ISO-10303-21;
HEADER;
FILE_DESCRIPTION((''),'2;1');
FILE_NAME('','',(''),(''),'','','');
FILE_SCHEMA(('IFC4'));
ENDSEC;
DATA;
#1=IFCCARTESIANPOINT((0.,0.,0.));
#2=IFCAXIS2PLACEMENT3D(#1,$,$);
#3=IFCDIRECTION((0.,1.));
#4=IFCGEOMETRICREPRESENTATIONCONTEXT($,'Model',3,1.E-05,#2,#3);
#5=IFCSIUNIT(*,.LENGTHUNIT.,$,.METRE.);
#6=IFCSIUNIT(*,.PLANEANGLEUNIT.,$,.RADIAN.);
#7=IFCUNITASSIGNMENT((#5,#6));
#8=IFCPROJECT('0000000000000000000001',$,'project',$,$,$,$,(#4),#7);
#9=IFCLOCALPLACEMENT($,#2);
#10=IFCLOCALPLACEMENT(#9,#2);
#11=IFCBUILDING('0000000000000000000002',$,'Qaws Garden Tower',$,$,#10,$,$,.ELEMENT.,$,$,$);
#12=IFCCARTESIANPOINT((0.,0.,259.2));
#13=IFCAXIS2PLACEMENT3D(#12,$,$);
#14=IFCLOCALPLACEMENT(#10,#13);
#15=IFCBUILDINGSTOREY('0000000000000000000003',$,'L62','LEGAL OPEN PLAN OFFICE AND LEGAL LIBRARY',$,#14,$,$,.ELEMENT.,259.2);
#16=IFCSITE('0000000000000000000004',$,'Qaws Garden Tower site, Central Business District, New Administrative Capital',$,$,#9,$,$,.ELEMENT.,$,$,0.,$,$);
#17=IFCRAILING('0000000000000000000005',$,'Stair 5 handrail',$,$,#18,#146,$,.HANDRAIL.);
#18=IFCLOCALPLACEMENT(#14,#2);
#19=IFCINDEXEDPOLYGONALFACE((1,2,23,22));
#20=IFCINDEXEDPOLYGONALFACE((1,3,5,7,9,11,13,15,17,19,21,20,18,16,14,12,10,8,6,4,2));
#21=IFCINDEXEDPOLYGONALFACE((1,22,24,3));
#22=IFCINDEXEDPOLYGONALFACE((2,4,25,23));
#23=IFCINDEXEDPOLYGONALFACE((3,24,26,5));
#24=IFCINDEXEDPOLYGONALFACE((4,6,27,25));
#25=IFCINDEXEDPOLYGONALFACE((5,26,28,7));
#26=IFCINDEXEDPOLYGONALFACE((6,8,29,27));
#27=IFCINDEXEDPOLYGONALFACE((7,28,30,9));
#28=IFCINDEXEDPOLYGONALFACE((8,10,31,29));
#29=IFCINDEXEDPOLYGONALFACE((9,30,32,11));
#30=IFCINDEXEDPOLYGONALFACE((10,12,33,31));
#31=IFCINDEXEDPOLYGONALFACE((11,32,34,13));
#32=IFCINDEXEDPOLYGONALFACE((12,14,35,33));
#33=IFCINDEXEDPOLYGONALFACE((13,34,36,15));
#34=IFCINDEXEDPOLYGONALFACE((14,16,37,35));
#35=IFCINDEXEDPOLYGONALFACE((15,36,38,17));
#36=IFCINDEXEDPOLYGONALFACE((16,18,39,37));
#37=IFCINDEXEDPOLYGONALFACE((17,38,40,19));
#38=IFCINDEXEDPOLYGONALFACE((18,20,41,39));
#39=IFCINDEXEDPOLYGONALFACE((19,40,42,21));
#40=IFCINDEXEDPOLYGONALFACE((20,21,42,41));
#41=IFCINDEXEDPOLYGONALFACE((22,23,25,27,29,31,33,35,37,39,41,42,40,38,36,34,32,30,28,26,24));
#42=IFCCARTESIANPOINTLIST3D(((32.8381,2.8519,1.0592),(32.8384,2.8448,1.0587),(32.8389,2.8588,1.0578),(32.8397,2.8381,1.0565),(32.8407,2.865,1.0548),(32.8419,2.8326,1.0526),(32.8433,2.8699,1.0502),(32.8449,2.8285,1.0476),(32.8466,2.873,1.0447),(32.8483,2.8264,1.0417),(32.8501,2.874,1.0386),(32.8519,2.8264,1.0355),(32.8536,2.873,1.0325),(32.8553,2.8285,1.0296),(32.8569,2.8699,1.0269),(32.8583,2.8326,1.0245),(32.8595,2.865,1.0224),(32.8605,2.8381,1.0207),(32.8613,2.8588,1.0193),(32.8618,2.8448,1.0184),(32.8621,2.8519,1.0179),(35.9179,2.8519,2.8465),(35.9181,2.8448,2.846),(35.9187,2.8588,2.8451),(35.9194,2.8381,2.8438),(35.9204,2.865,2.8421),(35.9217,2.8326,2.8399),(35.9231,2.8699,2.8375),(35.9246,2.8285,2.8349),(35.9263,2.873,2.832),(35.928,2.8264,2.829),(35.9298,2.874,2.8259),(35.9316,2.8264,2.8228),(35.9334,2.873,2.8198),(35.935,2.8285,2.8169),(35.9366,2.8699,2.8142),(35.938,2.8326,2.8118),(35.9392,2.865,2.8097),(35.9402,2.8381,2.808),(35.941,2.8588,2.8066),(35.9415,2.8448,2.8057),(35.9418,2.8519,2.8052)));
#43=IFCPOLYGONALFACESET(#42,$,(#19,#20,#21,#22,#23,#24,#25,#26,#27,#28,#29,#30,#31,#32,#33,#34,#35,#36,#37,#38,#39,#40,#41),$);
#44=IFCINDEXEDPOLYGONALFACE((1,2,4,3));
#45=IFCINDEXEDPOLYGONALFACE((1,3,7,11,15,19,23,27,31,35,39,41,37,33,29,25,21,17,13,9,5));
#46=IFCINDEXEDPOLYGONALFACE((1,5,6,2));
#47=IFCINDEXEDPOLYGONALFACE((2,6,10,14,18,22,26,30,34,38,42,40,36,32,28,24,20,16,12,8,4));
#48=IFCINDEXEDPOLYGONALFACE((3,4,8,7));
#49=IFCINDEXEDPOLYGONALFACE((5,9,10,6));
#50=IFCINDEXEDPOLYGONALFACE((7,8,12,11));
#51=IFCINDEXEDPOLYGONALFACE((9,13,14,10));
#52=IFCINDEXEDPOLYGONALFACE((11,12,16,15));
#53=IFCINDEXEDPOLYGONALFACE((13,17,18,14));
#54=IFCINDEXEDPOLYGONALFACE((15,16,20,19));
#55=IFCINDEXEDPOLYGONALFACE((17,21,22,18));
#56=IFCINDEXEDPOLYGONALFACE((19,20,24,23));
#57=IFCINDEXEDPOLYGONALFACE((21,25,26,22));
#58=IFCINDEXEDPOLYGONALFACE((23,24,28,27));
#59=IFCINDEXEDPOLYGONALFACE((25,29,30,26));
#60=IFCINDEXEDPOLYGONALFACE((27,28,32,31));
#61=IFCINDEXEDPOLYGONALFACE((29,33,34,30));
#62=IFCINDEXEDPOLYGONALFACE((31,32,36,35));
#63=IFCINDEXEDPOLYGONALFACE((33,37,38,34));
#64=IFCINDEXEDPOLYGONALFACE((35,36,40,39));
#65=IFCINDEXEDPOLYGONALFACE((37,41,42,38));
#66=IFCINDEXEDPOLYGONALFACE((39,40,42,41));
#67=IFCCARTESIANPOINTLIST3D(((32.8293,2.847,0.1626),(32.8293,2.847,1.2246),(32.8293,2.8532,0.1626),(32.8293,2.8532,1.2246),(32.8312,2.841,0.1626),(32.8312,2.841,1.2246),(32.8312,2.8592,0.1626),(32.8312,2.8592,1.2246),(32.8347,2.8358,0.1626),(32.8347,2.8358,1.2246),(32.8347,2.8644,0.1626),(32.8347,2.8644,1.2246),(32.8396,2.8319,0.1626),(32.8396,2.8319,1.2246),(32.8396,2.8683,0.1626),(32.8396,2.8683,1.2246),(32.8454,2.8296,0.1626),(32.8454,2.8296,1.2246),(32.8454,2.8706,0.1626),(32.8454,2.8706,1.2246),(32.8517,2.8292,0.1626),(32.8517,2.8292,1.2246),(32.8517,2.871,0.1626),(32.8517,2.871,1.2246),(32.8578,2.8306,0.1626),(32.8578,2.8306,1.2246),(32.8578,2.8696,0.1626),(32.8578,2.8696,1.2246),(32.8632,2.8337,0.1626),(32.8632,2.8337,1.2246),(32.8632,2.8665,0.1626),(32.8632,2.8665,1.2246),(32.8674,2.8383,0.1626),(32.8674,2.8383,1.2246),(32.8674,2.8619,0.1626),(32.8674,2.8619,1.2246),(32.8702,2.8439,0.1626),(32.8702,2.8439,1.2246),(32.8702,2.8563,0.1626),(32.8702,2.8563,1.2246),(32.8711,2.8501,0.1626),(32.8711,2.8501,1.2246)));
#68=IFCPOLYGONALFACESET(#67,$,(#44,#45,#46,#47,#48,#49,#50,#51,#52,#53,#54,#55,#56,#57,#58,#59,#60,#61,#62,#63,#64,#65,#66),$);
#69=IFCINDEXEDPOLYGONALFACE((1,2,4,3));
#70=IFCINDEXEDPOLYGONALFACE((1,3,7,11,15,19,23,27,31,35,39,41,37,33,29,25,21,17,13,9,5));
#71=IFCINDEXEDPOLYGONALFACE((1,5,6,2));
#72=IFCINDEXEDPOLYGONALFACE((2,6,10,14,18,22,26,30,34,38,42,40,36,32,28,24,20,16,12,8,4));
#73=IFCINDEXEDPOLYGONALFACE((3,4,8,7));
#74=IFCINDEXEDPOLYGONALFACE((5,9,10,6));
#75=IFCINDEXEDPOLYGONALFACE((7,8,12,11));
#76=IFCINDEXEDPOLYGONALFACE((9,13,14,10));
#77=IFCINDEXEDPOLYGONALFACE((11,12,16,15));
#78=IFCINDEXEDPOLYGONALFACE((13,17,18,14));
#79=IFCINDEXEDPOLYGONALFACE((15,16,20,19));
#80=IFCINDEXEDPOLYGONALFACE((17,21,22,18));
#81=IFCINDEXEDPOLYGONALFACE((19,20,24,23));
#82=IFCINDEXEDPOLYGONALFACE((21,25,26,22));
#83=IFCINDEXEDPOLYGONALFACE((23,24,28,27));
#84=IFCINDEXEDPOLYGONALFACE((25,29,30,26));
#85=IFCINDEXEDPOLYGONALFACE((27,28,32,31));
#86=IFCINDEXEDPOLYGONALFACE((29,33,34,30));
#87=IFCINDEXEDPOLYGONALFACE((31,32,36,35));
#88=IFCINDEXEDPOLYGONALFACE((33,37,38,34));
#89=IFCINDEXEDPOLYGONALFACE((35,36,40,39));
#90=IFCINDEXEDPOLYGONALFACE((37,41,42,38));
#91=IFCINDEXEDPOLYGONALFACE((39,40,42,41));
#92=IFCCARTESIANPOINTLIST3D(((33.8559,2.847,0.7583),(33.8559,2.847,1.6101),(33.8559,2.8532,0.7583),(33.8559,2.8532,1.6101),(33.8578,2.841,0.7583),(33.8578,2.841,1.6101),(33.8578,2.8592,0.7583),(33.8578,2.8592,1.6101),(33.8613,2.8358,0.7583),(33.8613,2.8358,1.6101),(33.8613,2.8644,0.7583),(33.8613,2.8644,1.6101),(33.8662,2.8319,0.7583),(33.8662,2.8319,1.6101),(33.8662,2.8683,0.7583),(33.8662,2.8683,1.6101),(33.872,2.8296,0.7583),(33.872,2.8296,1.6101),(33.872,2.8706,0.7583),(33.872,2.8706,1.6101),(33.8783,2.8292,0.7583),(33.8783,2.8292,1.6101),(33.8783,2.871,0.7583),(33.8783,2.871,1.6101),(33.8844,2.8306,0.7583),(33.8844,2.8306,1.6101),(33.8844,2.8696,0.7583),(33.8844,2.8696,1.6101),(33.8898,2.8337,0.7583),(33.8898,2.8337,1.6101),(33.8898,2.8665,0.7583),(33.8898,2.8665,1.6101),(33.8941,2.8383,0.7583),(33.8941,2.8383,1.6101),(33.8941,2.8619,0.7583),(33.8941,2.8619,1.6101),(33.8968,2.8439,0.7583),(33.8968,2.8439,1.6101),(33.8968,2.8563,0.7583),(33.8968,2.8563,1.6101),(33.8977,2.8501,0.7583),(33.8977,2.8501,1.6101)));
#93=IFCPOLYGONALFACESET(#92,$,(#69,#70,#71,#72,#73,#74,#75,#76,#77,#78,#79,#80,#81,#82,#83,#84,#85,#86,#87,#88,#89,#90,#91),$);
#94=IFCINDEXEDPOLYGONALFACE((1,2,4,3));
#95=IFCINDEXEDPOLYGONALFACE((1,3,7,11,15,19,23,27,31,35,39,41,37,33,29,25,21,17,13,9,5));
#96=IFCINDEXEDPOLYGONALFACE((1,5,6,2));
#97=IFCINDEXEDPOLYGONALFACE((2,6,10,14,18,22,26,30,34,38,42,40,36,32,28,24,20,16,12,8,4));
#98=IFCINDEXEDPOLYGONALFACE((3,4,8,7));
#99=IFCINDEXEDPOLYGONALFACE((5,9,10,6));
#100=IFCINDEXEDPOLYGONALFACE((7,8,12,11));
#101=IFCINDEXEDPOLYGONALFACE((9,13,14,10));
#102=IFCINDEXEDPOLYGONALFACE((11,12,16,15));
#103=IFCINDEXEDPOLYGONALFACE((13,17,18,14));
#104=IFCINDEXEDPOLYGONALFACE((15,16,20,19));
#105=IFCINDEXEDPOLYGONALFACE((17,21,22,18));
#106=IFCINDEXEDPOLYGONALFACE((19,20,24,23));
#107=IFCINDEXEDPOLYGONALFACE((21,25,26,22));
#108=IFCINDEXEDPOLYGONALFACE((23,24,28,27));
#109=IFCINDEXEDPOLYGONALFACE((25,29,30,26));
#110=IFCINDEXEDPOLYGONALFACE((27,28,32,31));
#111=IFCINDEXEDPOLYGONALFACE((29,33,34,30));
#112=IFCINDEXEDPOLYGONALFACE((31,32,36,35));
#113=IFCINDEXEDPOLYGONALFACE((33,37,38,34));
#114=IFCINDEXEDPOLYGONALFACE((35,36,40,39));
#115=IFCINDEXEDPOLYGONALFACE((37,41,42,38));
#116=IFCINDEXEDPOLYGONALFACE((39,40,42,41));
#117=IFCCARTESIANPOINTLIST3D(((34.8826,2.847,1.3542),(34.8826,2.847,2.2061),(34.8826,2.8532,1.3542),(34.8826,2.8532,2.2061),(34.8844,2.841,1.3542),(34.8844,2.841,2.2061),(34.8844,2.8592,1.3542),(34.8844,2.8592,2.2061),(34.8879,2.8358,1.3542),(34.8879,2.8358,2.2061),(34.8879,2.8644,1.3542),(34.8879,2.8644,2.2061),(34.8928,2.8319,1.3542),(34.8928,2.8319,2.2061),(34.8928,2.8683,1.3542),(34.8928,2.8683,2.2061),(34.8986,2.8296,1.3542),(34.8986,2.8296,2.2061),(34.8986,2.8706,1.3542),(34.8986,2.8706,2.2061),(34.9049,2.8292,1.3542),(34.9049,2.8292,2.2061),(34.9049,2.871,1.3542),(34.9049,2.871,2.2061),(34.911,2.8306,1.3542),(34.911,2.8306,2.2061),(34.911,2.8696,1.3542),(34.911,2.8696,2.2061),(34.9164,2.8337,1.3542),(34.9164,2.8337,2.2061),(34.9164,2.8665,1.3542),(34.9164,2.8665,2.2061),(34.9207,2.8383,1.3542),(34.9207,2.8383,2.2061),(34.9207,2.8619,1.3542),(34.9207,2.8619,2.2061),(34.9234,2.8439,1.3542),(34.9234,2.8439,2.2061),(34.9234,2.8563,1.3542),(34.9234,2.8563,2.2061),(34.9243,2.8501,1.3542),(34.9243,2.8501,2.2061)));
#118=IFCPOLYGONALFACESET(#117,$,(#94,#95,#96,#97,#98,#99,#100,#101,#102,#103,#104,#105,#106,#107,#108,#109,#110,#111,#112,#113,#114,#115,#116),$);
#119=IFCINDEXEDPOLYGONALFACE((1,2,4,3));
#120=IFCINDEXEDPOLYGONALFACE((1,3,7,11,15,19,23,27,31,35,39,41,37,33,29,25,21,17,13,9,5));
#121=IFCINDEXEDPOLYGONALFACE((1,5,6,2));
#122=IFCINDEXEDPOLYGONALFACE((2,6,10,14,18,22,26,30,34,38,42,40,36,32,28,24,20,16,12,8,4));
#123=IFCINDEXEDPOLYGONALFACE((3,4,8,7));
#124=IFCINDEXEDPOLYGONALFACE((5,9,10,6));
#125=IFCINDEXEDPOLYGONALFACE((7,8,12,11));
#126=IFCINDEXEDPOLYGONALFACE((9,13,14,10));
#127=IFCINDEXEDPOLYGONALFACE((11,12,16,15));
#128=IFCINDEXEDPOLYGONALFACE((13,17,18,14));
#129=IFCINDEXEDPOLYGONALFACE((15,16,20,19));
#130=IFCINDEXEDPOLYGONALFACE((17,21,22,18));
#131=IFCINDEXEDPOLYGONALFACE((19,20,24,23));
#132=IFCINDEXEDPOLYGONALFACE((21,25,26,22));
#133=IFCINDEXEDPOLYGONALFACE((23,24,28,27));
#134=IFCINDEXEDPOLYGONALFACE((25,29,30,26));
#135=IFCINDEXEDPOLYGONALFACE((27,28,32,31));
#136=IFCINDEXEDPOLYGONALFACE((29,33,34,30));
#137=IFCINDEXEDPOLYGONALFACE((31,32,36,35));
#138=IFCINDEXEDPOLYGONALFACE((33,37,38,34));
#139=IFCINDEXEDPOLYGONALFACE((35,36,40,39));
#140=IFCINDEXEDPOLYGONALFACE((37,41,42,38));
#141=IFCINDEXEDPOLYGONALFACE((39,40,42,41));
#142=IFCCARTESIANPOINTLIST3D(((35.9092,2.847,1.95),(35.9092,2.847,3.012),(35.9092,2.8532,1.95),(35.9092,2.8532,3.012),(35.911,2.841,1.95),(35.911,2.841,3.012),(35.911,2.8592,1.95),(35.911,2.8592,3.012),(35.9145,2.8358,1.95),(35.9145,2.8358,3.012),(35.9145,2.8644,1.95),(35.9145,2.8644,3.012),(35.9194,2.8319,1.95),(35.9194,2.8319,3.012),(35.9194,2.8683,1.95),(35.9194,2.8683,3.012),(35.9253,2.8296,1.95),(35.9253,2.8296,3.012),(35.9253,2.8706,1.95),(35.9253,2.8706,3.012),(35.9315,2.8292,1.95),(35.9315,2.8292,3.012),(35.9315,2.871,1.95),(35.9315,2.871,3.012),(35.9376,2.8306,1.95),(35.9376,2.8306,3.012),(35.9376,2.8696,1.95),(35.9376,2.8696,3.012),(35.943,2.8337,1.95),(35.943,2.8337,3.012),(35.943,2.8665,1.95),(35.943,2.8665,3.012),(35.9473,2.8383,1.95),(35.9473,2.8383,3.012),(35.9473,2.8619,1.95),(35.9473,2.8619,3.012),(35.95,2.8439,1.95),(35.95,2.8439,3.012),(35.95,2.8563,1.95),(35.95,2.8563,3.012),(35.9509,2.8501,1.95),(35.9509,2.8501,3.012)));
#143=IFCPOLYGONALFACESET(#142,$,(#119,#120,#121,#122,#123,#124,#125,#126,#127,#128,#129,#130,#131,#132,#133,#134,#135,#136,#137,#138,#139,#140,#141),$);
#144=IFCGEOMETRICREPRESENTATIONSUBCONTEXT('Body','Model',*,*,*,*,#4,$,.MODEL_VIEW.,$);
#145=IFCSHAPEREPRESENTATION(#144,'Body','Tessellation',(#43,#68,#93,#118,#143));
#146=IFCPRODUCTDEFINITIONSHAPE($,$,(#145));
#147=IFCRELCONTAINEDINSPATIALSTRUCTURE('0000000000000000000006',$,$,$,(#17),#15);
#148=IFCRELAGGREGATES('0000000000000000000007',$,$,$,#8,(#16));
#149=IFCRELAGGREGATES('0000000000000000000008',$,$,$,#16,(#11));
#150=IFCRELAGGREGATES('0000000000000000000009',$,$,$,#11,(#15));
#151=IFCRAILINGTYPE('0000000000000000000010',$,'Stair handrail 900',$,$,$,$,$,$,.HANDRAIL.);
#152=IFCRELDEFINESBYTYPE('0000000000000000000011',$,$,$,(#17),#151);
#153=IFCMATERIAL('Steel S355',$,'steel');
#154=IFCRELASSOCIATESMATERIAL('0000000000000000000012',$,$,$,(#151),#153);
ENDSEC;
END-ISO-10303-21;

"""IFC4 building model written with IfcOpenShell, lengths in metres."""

from ifc_helpers import new_model, si_unit, direction, frame, origin, origin_2d, place, context, subcontext, project, spatial, circle, extrude, material, type_object, element, save


model = new_model("IFC4")

# Units and contexts
model_context = context("Model", 3, precision=1e-05, world=origin(), true_north=direction((0.0, 1.0)))
body_context = subcontext(model_context, "Body", "Model", "MODEL_VIEW")
ifc_project = project(units=[si_unit("LENGTHUNIT", "METRE"), si_unit("PLANEANGLEUNIT", "RADIAN")], contexts=[model_context])

# Site, building, storey
site_placement = place(None, origin())
site = spatial("IfcSite", under=ifc_project, at=site_placement, Name="Qaws Garden Tower site, Central Business District, New Administrative Capital", CompositionType="ELEMENT", RefElevation=0.0)
building_placement = place(site_placement, origin())
building = spatial("IfcBuilding", under=site, at=building_placement, Name="Qaws Garden Tower", CompositionType="ELEMENT")
storey_placement = place(building_placement, frame((0.0, 0.0, 259.2)))
storey = spatial("IfcBuildingStorey", under=building, at=storey_placement, Name="L62", Description="LEGAL OPEN PLAN OFFICE AND LEGAL LIBRARY", CompositionType="ELEMENT", Elevation=259.2)

# Railing
ifc_material_1 = material(Name="Steel S355", Category="steel")
railing_type = type_object("IfcRailingType", Name="Stair handrail 900", PredefinedType="HANDRAIL", material=ifc_material_1)
railing_1_placement = place(storey_placement, frame((32.8501, 2.8501, 0.1626)))
element("IfcRailing", 1, at=railing_1_placement, inside=storey, type_object=railing_type, Name="Stair 5 handrail", PredefinedType="HANDRAIL", context=body_context, shape_type="SweptSolid", body=[
    extrude(circle(Radius=0.0239, at=origin_2d()), frame((0.0, 0.0, 0.876), z_axis=(0.864903, 0.0, 0.501939), x_axis=(0.0, 1.0, 0.0)), (0.0, 0.0, 1.0), 3.5608),
    extrude(circle(Radius=0.021, at=origin_2d()), origin(), (0.0, 0.0, 1.0), 1.062),
    extrude(circle(Radius=0.021, at=origin_2d()), frame((1.0266, 0.0, 0.5957)), (0.0, 0.0, 1.0), 0.8518),
    extrude(circle(Radius=0.021, at=origin_2d()), frame((2.0532, 0.0, 1.1917)), (0.0, 0.0, 1.0), 0.8518),
    extrude(circle(Radius=0.021, at=origin_2d()), frame((3.0798, 0.0, 1.7874)), (0.0, 0.0, 1.0), 1.062),
])

save(model, "model.ifc")
